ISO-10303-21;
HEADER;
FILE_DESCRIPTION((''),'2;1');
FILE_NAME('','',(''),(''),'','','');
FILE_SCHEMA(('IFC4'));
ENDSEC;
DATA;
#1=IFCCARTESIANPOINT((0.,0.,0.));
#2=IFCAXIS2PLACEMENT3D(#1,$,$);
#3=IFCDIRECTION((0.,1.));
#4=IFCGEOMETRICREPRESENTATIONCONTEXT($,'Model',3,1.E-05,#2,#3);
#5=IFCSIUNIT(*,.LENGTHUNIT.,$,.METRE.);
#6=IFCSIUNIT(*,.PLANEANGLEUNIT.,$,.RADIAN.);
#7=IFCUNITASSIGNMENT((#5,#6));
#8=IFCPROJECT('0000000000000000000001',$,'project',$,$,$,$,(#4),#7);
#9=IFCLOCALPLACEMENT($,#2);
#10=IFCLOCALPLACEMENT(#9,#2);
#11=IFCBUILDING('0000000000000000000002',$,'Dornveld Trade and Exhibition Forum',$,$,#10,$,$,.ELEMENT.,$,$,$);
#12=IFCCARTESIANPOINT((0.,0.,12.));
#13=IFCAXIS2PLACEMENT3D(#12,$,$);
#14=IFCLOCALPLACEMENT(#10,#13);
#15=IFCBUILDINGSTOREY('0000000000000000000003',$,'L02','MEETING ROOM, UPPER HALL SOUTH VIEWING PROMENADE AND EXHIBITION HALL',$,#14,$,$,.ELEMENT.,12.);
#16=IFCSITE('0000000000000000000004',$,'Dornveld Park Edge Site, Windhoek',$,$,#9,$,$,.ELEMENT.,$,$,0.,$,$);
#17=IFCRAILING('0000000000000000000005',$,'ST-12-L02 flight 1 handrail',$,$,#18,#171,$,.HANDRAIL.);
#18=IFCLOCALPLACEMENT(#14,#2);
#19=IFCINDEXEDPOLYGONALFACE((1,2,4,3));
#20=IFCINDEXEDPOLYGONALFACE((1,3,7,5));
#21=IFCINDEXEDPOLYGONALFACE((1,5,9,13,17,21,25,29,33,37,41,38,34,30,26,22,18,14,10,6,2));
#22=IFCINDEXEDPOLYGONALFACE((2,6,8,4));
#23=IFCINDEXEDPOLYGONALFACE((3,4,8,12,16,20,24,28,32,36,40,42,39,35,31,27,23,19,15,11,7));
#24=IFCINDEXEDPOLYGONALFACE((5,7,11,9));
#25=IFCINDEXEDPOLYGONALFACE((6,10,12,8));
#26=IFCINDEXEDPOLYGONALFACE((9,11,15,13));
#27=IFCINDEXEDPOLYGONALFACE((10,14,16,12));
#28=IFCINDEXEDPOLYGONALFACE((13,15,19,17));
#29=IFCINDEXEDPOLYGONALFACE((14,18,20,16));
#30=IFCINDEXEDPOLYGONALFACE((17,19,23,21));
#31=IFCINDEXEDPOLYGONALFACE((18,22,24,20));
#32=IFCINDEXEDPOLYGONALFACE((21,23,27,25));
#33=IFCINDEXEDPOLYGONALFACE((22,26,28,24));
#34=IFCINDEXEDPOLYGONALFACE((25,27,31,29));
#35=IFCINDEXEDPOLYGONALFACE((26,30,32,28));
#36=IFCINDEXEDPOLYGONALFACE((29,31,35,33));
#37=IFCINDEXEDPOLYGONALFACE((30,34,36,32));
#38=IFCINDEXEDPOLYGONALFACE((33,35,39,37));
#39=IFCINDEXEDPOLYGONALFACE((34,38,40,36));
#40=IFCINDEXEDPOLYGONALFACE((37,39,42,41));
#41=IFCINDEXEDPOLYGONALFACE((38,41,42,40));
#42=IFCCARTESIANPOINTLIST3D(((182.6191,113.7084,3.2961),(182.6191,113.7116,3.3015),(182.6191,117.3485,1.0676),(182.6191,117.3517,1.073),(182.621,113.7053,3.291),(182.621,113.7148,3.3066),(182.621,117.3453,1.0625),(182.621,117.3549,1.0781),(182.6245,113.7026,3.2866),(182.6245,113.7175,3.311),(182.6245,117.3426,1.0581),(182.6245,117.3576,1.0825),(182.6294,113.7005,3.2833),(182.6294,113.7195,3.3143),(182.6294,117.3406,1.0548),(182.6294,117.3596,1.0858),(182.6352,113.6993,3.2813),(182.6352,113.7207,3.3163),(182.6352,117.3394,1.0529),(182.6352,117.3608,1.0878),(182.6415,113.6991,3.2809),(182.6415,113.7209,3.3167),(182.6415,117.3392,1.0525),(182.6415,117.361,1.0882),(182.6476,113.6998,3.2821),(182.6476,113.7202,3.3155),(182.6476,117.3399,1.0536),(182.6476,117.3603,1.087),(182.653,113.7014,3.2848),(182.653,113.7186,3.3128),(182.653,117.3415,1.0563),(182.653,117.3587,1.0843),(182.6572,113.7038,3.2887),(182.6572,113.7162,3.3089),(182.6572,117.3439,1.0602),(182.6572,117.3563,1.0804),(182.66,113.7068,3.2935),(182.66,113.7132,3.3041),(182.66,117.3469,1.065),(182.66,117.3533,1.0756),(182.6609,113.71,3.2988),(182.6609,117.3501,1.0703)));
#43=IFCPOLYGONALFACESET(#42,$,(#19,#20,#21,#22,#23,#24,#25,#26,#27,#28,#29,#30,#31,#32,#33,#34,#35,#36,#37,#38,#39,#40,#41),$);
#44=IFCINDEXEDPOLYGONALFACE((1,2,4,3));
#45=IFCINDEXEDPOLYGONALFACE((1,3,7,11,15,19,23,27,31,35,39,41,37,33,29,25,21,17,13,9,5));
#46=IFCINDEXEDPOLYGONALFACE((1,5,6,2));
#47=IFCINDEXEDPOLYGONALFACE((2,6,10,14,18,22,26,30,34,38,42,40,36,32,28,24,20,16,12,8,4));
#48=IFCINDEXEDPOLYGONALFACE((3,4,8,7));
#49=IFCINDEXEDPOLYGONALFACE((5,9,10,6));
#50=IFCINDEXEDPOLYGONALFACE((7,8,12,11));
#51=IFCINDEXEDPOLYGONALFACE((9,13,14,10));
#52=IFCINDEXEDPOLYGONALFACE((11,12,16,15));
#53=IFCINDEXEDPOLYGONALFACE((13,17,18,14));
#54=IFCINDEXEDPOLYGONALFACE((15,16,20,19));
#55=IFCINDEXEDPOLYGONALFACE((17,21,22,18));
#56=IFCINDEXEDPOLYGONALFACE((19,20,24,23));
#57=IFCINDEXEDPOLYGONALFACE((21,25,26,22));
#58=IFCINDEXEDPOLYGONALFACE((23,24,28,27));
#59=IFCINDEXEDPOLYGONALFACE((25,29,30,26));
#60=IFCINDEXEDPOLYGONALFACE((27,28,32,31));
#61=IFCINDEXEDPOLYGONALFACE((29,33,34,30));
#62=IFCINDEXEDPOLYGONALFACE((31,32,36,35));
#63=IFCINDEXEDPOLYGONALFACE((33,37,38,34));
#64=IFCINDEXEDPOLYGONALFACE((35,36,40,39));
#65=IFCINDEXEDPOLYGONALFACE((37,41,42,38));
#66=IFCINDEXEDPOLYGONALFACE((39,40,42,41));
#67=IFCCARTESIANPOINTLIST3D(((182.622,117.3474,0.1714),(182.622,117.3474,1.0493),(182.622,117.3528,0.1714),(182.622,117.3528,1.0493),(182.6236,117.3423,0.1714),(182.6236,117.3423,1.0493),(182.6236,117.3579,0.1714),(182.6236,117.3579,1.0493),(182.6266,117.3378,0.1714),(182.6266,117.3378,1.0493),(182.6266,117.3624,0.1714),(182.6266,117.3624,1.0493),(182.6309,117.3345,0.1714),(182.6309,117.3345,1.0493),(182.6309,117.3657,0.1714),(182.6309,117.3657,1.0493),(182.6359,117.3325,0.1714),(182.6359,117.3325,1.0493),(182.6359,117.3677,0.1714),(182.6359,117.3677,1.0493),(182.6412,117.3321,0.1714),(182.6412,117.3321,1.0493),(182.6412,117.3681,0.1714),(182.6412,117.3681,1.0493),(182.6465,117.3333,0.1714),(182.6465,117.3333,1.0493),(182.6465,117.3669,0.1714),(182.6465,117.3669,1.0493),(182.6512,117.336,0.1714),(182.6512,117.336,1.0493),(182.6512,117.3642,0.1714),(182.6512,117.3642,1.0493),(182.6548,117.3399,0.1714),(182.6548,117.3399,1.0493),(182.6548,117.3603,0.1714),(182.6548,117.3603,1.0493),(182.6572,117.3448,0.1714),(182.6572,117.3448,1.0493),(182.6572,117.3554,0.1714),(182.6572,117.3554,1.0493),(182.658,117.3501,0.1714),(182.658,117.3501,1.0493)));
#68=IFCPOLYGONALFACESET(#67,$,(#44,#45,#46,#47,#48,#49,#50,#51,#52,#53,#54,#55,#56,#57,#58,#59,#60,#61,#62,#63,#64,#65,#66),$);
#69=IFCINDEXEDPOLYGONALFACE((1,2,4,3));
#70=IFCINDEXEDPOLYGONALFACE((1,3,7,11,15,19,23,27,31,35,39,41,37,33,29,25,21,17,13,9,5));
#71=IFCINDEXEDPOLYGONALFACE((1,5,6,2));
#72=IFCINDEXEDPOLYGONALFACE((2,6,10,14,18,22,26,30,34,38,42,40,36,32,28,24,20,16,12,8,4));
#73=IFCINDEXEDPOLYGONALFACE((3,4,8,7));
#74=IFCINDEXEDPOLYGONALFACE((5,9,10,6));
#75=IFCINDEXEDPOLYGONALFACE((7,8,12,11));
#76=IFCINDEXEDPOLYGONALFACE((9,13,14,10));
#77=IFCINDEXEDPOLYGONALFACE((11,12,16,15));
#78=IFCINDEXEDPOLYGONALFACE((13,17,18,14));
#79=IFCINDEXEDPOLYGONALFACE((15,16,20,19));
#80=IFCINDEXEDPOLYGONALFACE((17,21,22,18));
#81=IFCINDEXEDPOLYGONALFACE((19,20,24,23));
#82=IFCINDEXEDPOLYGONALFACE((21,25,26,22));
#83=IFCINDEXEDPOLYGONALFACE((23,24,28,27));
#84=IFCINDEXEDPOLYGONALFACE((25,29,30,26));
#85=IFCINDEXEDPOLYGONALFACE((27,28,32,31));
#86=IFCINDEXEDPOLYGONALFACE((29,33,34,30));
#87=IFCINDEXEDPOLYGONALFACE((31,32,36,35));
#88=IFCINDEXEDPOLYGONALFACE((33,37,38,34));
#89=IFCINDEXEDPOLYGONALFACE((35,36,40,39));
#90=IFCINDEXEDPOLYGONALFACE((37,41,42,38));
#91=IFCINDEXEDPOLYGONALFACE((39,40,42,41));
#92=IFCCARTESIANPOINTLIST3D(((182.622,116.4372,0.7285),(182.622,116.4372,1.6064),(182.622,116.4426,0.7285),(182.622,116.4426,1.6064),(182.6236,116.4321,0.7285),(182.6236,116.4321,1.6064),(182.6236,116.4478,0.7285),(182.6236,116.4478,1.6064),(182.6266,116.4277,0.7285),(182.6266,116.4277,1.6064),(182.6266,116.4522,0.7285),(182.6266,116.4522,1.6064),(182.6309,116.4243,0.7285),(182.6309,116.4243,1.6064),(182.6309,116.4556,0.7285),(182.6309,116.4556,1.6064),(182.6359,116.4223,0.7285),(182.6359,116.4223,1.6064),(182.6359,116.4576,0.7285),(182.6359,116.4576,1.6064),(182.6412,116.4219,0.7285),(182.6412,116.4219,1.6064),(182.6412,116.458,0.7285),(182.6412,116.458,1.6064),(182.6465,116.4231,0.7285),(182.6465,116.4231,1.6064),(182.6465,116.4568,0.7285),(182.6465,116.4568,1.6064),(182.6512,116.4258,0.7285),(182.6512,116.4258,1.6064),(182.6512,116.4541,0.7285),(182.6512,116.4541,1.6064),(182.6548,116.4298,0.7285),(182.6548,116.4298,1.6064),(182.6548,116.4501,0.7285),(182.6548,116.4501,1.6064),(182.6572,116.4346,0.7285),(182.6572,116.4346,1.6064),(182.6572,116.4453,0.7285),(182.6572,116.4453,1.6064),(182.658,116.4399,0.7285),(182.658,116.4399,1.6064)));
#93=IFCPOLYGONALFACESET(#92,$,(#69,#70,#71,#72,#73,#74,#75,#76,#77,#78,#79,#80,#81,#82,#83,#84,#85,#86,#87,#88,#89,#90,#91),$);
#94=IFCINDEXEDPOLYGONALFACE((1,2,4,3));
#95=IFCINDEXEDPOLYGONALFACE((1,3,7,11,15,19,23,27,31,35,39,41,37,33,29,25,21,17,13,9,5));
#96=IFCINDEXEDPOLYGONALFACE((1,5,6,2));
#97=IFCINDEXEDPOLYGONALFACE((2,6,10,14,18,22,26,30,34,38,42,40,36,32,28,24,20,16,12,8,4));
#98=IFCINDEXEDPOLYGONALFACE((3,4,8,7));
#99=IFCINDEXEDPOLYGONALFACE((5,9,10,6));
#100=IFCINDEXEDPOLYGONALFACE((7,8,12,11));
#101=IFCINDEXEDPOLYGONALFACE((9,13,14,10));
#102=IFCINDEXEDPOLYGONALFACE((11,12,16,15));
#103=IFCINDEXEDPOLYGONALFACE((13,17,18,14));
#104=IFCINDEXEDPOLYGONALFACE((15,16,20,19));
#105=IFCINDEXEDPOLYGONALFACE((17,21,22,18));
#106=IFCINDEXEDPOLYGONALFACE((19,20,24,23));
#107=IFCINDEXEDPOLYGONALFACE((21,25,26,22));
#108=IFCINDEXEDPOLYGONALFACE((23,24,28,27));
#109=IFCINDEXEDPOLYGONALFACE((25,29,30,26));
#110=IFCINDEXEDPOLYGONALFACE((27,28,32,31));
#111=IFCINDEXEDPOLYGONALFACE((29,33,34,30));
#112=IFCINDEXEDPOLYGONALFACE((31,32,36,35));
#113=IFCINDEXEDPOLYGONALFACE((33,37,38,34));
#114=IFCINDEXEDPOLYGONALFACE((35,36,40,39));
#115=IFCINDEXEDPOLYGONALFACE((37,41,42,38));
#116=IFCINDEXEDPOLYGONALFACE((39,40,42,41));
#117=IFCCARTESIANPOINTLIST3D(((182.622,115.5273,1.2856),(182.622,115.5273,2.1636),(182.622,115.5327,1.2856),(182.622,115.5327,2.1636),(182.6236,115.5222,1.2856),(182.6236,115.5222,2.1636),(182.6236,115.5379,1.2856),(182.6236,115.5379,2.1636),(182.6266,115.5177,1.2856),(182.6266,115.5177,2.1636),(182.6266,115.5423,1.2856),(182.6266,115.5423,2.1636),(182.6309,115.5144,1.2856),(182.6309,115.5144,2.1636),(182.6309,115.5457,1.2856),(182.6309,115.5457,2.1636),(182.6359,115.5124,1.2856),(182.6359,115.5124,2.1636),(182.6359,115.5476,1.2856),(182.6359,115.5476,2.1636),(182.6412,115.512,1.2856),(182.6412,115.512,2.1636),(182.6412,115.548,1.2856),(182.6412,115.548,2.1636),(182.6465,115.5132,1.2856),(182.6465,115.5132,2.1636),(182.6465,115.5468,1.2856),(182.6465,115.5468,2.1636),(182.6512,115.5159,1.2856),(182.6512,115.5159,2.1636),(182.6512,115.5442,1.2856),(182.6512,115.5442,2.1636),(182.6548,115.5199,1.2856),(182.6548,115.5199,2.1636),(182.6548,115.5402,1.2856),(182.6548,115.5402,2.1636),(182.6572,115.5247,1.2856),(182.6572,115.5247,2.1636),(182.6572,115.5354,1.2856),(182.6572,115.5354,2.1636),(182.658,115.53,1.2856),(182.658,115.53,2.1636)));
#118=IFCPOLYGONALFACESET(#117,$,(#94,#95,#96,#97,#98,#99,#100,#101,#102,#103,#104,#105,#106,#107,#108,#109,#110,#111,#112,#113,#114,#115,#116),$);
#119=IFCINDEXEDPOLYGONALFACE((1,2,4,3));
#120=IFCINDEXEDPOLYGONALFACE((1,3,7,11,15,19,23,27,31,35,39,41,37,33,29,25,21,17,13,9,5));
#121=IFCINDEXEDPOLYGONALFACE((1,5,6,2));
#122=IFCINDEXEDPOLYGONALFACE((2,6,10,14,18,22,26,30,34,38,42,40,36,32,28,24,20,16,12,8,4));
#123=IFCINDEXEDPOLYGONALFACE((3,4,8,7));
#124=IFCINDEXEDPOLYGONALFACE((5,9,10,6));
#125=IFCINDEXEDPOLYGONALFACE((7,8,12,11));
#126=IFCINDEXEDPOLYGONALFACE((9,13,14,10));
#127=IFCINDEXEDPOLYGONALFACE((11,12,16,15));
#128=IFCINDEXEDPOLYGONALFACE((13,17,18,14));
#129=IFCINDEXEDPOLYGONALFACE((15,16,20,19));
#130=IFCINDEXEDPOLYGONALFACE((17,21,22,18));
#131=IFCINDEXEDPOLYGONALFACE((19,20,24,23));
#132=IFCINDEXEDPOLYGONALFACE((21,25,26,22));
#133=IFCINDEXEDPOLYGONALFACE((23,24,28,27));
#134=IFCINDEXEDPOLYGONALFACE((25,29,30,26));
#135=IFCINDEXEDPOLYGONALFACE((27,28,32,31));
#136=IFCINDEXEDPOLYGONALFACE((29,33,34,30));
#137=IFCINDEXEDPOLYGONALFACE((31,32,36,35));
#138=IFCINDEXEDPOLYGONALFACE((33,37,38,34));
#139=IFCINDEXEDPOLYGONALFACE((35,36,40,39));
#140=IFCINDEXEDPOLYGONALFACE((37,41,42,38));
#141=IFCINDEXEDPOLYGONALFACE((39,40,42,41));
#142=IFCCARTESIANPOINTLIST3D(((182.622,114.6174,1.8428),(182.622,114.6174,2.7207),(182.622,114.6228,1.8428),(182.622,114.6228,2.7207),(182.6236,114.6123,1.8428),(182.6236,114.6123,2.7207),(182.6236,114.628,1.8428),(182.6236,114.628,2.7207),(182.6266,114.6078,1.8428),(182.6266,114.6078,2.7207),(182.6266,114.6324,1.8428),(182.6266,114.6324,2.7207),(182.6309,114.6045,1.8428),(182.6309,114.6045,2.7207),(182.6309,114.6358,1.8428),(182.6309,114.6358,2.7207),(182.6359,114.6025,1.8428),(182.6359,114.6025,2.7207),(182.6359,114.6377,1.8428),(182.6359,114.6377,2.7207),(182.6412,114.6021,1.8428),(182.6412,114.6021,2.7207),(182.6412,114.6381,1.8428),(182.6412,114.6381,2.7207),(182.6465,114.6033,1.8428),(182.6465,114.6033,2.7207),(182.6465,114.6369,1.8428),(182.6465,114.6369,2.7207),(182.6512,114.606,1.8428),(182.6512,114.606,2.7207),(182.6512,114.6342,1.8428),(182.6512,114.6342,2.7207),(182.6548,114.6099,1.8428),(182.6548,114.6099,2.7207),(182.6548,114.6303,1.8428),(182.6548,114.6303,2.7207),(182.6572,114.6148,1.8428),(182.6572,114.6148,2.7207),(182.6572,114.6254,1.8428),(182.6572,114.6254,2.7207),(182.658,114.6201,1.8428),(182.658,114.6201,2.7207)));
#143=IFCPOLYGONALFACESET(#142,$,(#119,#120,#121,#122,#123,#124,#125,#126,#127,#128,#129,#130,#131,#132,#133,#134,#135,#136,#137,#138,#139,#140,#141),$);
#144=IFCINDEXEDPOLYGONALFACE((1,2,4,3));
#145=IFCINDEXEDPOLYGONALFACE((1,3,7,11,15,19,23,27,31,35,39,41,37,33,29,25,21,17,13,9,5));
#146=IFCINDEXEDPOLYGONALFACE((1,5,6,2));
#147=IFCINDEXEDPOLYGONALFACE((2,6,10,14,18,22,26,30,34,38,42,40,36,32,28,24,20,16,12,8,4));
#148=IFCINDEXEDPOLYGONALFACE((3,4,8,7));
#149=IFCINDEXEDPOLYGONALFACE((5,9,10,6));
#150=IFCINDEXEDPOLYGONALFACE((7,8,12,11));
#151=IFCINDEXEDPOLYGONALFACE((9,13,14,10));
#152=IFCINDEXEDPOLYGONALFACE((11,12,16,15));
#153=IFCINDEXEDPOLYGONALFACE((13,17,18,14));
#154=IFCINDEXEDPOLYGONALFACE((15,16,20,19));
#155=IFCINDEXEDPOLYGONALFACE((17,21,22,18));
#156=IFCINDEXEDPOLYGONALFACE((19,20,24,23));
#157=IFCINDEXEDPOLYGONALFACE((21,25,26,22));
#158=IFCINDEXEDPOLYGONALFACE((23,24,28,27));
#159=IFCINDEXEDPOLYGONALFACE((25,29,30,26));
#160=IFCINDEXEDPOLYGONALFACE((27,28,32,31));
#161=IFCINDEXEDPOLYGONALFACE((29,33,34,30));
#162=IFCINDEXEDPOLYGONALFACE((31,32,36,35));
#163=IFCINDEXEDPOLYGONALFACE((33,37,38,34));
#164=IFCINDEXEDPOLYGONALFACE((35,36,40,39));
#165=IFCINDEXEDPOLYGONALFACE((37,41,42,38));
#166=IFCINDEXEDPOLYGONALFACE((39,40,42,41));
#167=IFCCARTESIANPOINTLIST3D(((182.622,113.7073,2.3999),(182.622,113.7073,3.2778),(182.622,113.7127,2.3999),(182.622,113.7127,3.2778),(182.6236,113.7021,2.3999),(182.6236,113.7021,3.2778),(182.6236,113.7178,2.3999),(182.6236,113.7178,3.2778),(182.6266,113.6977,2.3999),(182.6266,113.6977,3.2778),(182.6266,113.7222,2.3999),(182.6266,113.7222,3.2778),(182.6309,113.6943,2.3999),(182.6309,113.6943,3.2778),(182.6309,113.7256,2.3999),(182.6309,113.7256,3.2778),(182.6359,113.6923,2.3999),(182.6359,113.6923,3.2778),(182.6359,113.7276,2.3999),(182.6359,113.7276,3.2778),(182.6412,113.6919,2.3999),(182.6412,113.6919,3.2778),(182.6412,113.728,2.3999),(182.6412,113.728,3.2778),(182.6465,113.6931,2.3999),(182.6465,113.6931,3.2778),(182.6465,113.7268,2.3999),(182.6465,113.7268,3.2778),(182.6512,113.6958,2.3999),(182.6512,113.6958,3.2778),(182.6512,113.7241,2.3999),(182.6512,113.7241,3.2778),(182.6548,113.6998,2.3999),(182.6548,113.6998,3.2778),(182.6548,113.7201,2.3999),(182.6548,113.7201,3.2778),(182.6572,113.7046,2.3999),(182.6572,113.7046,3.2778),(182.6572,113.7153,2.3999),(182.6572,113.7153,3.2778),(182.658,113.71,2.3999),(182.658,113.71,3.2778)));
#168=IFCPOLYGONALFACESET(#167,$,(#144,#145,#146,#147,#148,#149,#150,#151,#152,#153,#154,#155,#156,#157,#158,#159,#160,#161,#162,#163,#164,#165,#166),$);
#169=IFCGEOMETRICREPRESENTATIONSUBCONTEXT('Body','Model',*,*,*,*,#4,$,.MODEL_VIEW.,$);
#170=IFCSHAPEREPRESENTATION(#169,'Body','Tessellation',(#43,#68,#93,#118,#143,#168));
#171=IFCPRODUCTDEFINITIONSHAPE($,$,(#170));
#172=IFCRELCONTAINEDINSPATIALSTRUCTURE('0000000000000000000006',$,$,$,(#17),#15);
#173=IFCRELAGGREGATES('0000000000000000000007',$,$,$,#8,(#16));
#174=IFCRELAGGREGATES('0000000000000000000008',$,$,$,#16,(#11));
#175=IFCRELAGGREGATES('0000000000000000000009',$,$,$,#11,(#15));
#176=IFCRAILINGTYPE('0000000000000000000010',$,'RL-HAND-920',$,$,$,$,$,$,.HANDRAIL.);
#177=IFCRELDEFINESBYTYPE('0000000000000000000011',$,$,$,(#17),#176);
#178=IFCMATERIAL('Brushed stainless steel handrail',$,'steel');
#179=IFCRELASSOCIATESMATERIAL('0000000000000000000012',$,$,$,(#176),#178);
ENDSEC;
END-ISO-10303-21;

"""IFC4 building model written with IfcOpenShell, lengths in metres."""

from ifc_helpers import new_model, si_unit, direction, frame, origin, origin_2d, place, context, subcontext, project, spatial, circle, extrude, material, type_object, element, save


model = new_model("IFC4")

# Units and contexts
model_context = context("Model", 3, precision=1e-05, world=origin(), true_north=direction((0.0, 1.0)))
body_context = subcontext(model_context, "Body", "Model", "MODEL_VIEW")
ifc_project = project(units=[si_unit("LENGTHUNIT", "METRE"), si_unit("PLANEANGLEUNIT", "RADIAN")], contexts=[model_context])

# Site, building, storey
site_placement = place(None, origin())
site = spatial("IfcSite", under=ifc_project, at=site_placement, Name="Dornveld Park Edge Site, Windhoek", CompositionType="ELEMENT", RefElevation=0.0)
building_placement = place(site_placement, origin())
building = spatial("IfcBuilding", under=site, at=building_placement, Name="Dornveld Trade and Exhibition Forum", CompositionType="ELEMENT")
storey_placement = place(building_placement, frame((0.0, 0.0, 12.0)))
storey = spatial("IfcBuildingStorey", under=building, at=storey_placement, Name="L02", Description="MEETING ROOM, UPPER HALL SOUTH VIEWING PROMENADE AND EXHIBITION HALL", CompositionType="ELEMENT", Elevation=12.0)

# Railing
ifc_material_1 = material(Name="Brushed stainless steel handrail", Category="steel")
railing_type_1 = type_object("IfcRailingType", Name="RL-HAND-920", PredefinedType="HANDRAIL", material=ifc_material_1)
railing_1_placement = place(storey_placement, frame((182.6399, 117.3501, 0.1714)))
element("IfcRailing", 1, at=railing_1_placement, inside=storey, type_object=railing_type_1, Name="ST-12-L02 flight 1 handrail", PredefinedType="HANDRAIL", context=body_context, shape_type="SweptSolid", body=[
    extrude(circle(Radius=0.021, at=origin_2d()), frame((0.0, 0.0, 0.8989), z_axis=(0.0, -0.852866, 0.52213), x_axis=(1.0, 0.0, 0.0)), (0.0, 0.0, 1.0), 4.2681),
    extrude(circle(Radius=0.0181, at=origin_2d()), origin(), (0.0, 0.0, 1.0), 0.8779),
    extrude(circle(Radius=0.0181, at=origin_2d()), frame((0.0, -0.9102, 0.5571)), (0.0, 0.0, 1.0), 0.8779),
    extrude(circle(Radius=0.0181, at=origin_2d()), frame((0.0, -1.8201, 1.1143)), (0.0, 0.0, 1.0), 0.8779),
    extrude(circle(Radius=0.0181, at=origin_2d()), frame((0.0, -2.73, 1.6714)), (0.0, 0.0, 1.0), 0.8779),
    extrude(circle(Radius=0.0181, at=origin_2d()), frame((0.0, -3.6401, 2.2285)), (0.0, 0.0, 1.0), 0.8779),
])

save(model, "model.ifc")
